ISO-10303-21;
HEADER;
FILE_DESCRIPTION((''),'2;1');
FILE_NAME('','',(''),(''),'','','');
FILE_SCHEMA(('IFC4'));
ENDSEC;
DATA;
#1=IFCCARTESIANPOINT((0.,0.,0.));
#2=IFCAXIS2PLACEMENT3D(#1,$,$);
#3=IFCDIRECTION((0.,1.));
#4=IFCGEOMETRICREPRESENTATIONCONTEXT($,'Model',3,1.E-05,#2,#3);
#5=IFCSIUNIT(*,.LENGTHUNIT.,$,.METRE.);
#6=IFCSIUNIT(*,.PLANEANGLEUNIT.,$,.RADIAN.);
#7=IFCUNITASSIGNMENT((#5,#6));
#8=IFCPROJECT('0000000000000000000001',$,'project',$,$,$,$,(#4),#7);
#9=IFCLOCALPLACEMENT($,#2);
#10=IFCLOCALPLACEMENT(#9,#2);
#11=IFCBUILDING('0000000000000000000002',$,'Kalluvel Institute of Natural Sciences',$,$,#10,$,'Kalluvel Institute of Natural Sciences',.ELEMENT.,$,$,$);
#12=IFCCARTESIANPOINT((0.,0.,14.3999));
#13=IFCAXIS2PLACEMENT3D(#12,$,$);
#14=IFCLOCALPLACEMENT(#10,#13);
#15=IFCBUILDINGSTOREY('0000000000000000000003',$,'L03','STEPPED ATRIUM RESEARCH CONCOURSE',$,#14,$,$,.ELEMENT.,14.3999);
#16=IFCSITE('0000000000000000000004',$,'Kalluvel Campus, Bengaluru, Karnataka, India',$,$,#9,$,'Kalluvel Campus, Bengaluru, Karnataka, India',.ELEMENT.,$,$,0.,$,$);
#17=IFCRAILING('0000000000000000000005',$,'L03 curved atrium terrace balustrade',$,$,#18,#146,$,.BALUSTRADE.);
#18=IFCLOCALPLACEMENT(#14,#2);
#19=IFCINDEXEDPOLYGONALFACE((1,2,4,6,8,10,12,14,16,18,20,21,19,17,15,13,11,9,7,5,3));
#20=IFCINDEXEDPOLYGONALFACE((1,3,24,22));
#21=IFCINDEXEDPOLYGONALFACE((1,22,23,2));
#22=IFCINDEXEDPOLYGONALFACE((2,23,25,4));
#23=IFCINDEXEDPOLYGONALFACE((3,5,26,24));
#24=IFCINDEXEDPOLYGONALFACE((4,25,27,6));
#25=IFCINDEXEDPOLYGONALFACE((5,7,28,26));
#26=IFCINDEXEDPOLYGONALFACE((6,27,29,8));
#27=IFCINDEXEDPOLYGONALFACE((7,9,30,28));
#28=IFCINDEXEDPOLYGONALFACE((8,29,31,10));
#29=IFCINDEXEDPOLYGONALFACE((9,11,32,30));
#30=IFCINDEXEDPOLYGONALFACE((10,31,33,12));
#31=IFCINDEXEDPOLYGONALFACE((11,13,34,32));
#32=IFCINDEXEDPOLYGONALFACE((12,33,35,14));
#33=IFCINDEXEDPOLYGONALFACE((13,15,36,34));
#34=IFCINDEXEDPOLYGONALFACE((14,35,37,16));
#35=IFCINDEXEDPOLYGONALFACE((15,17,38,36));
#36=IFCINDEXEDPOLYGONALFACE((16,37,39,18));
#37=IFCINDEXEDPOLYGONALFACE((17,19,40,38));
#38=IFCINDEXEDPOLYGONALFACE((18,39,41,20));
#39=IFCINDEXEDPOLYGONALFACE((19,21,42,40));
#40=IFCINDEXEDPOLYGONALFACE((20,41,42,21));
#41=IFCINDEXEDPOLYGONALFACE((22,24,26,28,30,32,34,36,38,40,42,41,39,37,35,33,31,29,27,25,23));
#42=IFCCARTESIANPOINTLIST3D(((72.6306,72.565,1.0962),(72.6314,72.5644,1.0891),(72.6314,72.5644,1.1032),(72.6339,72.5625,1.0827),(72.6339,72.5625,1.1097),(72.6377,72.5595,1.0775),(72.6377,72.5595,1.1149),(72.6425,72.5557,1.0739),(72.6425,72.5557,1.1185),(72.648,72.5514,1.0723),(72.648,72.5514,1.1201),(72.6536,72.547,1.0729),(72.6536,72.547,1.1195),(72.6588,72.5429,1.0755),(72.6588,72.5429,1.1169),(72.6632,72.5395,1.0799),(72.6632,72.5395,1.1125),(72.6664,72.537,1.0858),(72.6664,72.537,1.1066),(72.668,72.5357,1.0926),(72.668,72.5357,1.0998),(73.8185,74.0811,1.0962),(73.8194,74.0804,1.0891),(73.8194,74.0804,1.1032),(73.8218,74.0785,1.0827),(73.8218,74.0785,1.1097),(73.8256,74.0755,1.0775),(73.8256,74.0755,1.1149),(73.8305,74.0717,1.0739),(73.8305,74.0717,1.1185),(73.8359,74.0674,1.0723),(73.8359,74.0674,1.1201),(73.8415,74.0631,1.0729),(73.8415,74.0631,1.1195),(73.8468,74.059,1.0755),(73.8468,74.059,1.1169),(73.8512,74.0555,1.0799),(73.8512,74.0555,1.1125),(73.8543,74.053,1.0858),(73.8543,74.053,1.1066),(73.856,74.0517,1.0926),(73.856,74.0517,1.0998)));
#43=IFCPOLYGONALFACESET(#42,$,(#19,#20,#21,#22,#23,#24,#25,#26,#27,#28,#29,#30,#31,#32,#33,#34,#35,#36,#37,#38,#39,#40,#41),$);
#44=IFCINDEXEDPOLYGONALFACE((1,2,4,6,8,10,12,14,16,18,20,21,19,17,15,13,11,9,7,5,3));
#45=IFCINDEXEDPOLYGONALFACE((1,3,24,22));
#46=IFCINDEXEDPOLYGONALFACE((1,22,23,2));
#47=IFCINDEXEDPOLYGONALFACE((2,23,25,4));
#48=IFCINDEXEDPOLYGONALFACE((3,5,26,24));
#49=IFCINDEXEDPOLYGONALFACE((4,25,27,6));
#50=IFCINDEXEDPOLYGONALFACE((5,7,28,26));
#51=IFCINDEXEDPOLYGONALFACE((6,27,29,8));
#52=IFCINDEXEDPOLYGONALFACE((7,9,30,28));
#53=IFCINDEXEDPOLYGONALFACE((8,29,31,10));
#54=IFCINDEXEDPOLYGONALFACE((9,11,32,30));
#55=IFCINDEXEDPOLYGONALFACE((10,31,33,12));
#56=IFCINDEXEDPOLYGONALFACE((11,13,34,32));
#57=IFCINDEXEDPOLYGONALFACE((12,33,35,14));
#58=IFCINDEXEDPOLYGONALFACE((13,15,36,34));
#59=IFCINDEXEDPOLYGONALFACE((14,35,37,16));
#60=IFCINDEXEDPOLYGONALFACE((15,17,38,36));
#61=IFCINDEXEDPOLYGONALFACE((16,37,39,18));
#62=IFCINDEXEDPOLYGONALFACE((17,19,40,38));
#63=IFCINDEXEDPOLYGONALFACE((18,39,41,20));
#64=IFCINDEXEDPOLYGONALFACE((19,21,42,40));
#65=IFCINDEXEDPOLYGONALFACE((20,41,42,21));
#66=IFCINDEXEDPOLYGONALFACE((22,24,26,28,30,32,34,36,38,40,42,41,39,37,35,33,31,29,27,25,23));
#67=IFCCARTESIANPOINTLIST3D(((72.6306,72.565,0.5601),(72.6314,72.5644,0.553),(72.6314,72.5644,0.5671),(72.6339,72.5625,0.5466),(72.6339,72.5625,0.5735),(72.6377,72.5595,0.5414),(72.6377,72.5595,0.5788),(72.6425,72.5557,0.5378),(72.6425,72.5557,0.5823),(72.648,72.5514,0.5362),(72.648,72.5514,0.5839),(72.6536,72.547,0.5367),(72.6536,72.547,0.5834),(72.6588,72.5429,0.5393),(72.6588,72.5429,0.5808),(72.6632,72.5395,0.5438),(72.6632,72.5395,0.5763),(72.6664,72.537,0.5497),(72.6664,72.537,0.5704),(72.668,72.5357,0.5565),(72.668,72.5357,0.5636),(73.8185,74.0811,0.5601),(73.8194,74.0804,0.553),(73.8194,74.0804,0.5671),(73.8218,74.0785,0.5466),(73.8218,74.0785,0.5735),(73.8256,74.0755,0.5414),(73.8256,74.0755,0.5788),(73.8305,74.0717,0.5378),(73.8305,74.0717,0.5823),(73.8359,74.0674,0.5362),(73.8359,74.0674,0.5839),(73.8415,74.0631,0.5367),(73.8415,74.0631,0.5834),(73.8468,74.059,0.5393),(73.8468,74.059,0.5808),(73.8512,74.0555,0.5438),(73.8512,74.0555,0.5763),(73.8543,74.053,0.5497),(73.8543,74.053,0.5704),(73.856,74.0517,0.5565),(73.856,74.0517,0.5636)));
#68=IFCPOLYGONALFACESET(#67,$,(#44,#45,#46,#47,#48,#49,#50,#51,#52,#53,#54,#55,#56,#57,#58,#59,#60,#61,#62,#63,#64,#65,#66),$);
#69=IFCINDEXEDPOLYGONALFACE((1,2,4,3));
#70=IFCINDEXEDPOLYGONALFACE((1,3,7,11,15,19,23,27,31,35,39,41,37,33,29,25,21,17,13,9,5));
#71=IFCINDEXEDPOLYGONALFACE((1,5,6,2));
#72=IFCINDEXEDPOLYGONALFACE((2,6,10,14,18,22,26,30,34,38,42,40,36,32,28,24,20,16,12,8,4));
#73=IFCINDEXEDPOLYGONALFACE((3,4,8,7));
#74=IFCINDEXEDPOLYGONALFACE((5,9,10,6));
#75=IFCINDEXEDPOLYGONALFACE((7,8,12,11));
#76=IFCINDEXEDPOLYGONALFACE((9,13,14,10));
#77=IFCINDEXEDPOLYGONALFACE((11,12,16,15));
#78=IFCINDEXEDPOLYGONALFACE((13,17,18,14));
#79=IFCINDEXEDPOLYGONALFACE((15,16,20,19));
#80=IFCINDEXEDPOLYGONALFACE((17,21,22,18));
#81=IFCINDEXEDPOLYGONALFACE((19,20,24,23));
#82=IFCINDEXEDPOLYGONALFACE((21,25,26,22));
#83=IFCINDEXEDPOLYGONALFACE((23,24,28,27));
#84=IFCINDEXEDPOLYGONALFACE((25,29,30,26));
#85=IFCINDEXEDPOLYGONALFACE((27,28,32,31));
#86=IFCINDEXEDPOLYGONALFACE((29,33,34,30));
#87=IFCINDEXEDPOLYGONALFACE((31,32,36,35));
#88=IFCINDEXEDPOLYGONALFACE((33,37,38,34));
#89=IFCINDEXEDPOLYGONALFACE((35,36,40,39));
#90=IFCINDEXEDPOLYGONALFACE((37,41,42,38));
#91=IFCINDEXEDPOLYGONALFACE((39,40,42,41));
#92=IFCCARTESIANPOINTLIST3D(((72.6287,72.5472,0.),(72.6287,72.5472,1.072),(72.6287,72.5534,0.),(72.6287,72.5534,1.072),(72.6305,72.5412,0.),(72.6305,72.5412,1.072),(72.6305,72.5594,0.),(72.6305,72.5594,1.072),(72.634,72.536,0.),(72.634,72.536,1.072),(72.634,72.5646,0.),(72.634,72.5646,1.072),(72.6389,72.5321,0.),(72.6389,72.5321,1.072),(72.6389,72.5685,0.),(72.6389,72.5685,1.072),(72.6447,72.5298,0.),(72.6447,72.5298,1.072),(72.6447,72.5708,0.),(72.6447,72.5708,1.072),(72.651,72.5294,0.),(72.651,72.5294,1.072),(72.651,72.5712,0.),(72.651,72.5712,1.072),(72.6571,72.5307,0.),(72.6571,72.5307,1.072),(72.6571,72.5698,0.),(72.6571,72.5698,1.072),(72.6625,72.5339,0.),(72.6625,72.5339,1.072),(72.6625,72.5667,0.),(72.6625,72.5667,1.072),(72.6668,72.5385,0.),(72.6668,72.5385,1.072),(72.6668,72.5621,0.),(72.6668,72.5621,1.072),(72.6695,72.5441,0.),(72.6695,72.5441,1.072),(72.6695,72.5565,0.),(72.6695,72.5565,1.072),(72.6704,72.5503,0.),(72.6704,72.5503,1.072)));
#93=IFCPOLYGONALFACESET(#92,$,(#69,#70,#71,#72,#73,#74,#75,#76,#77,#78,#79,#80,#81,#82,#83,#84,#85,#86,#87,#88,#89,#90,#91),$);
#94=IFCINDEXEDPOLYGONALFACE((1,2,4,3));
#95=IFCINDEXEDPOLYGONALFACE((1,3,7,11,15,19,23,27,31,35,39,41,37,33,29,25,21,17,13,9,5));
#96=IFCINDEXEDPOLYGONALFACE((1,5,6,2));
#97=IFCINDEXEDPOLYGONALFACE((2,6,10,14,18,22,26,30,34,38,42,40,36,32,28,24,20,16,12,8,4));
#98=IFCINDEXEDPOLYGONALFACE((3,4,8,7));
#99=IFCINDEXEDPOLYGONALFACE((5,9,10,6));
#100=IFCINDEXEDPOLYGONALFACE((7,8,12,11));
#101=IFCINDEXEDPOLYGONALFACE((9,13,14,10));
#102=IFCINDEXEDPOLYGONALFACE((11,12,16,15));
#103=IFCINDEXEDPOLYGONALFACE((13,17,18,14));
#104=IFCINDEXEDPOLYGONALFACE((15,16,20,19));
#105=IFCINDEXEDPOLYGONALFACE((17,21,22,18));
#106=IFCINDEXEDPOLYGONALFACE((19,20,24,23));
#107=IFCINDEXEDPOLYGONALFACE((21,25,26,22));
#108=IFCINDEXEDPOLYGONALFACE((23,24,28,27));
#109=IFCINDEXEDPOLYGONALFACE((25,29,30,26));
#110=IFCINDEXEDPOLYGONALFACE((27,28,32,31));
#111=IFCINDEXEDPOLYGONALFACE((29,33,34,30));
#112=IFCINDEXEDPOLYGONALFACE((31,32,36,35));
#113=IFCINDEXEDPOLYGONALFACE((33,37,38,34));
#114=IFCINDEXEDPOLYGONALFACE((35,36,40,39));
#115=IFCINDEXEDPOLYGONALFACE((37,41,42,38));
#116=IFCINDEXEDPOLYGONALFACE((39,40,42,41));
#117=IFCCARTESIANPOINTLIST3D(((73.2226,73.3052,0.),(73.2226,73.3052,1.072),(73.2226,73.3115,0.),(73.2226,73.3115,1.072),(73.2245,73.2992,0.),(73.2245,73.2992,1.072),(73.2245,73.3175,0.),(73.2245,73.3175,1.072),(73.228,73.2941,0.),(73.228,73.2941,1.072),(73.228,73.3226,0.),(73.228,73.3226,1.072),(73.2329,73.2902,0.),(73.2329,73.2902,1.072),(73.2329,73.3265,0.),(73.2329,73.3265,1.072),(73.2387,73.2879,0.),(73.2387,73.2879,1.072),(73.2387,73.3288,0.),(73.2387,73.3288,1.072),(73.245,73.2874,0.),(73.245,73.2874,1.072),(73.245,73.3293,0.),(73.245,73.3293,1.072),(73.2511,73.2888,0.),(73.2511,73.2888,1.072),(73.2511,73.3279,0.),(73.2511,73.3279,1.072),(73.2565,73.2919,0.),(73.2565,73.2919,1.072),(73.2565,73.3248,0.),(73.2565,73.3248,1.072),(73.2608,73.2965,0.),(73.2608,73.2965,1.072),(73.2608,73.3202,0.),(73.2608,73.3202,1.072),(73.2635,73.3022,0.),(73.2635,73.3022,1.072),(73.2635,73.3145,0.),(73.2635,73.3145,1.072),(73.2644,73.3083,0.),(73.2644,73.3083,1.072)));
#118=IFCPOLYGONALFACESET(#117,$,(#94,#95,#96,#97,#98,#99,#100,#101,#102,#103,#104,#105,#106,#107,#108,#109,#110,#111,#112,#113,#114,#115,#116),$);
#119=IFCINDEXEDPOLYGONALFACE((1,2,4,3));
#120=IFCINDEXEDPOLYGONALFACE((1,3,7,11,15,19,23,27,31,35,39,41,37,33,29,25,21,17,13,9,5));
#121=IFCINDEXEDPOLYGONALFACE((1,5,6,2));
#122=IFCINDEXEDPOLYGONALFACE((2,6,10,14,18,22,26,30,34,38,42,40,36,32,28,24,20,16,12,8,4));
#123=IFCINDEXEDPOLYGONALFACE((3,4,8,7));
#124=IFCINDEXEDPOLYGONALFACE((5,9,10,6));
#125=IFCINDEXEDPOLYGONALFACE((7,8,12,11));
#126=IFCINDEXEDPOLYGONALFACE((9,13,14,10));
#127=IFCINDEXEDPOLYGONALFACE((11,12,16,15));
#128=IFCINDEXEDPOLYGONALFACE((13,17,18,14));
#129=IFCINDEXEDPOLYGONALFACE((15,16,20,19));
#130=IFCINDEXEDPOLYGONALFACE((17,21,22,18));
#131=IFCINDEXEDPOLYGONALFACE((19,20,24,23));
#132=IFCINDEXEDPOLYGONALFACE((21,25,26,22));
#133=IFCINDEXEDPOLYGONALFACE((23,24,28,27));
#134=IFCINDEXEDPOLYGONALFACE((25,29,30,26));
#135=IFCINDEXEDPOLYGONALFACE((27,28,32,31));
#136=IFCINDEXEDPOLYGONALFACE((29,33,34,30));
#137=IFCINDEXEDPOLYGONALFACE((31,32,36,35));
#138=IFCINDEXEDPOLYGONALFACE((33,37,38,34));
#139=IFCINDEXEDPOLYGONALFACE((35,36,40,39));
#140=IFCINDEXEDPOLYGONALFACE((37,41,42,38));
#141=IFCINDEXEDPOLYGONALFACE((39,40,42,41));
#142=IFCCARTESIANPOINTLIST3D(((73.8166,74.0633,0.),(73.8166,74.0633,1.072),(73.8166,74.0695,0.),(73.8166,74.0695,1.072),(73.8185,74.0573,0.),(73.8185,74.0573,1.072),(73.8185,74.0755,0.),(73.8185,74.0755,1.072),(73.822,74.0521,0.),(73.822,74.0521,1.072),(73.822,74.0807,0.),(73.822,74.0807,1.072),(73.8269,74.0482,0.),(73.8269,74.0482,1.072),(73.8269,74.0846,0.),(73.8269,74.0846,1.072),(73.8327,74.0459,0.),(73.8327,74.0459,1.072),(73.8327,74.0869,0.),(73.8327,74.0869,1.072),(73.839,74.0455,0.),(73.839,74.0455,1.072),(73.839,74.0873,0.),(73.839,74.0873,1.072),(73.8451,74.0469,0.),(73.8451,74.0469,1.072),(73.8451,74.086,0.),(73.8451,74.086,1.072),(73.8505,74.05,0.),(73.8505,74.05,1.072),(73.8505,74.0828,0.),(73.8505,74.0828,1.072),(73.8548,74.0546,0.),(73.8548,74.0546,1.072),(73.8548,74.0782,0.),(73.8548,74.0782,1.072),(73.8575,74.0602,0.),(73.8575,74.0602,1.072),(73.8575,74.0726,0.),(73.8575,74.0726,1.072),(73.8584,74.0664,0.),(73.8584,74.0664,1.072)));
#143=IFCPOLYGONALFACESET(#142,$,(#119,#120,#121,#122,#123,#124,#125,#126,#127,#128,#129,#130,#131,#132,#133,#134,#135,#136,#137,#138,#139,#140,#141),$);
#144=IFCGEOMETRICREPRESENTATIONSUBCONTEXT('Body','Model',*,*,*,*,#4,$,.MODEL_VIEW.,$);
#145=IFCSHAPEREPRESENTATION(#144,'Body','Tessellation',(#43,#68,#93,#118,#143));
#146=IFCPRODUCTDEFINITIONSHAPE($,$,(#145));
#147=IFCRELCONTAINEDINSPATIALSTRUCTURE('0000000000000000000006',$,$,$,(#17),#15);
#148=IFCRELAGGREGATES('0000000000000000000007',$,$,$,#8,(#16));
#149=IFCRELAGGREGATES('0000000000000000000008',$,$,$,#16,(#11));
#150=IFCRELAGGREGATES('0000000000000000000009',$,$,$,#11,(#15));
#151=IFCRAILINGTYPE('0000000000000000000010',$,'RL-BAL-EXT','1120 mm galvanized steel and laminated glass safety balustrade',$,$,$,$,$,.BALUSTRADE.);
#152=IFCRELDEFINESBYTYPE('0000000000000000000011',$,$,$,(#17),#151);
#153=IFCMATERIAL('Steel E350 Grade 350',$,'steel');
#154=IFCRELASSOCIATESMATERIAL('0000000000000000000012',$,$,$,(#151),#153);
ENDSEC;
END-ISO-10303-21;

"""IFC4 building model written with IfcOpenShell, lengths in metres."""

from ifc_helpers import new_model, si_unit, direction, frame, origin, origin_2d, place, context, subcontext, project, spatial, circle, extrude, material, type_object, element, save


model = new_model("IFC4")

# Units and contexts
model_context = context("Model", 3, precision=1e-05, world=origin(), true_north=direction((0.0, 1.0)))
body_context = subcontext(model_context, "Body", "Model", "MODEL_VIEW")
ifc_project = project(units=[si_unit("LENGTHUNIT", "METRE"), si_unit("PLANEANGLEUNIT", "RADIAN")], contexts=[model_context])

# Site, building, storey
site_placement = place(None, origin())
site = spatial("IfcSite", under=ifc_project, at=site_placement, Name="Kalluvel Campus, Bengaluru, Karnataka, India", LongName="Kalluvel Campus, Bengaluru, Karnataka, India", CompositionType="ELEMENT", RefElevation=0.0)
building_placement = place(site_placement, origin())
building = spatial("IfcBuilding", under=site, at=building_placement, Name="Kalluvel Institute of Natural Sciences", LongName="Kalluvel Institute of Natural Sciences", CompositionType="ELEMENT")
storey_placement = place(building_placement, frame((0.0, 0.0, 14.3999)))
storey = spatial("IfcBuildingStorey", under=building, at=storey_placement, Name="L03", Description="STEPPED ATRIUM RESEARCH CONCOURSE", CompositionType="ELEMENT", Elevation=14.3999)

# Railing
ifc_material_1 = material(Name="Steel E350 Grade 350", Category="steel")
railing_type = type_object("IfcRailingType", Name="RL-BAL-EXT", Description="1120 mm galvanized steel and laminated glass safety balustrade", PredefinedType="BALUSTRADE", material=ifc_material_1)
railing_1_placement = place(storey_placement, frame((72.6494, 72.5503, 0.0)))
element("IfcRailing", 1, at=railing_1_placement, inside=storey, type_object=railing_type, Name="L03 curved atrium terrace balustrade", PredefinedType="BALUSTRADE", context=body_context, shape_type="SweptSolid", body=[
    extrude(circle(Radius=0.0239, at=origin_2d()), frame((0.0, 0.0, 1.0962), z_axis=(0.61678, 0.787136, 0.0), x_axis=(-0.787136, 0.61678, 0.0)), (0.0, 0.0, 1.0), 1.926),
    extrude(circle(Radius=0.0239, at=origin_2d()), frame((0.0, 0.0, 0.5601), z_axis=(0.61678, 0.787136, 0.0), x_axis=(-0.787136, 0.61678, 0.0)), (0.0, 0.0, 1.0), 1.926),
    extrude(circle(Radius=0.021, at=origin_2d()), origin(), (0.0, 0.0, 1.0), 1.072),
    extrude(circle(Radius=0.021, at=origin_2d()), frame((0.594, 0.7581, 0.0)), (0.0, 0.0, 1.0), 1.072),
    extrude(circle(Radius=0.021, at=origin_2d()), frame((1.188, 1.5161, 0.0)), (0.0, 0.0, 1.0), 1.072),
])

save(model, "model.ifc")
